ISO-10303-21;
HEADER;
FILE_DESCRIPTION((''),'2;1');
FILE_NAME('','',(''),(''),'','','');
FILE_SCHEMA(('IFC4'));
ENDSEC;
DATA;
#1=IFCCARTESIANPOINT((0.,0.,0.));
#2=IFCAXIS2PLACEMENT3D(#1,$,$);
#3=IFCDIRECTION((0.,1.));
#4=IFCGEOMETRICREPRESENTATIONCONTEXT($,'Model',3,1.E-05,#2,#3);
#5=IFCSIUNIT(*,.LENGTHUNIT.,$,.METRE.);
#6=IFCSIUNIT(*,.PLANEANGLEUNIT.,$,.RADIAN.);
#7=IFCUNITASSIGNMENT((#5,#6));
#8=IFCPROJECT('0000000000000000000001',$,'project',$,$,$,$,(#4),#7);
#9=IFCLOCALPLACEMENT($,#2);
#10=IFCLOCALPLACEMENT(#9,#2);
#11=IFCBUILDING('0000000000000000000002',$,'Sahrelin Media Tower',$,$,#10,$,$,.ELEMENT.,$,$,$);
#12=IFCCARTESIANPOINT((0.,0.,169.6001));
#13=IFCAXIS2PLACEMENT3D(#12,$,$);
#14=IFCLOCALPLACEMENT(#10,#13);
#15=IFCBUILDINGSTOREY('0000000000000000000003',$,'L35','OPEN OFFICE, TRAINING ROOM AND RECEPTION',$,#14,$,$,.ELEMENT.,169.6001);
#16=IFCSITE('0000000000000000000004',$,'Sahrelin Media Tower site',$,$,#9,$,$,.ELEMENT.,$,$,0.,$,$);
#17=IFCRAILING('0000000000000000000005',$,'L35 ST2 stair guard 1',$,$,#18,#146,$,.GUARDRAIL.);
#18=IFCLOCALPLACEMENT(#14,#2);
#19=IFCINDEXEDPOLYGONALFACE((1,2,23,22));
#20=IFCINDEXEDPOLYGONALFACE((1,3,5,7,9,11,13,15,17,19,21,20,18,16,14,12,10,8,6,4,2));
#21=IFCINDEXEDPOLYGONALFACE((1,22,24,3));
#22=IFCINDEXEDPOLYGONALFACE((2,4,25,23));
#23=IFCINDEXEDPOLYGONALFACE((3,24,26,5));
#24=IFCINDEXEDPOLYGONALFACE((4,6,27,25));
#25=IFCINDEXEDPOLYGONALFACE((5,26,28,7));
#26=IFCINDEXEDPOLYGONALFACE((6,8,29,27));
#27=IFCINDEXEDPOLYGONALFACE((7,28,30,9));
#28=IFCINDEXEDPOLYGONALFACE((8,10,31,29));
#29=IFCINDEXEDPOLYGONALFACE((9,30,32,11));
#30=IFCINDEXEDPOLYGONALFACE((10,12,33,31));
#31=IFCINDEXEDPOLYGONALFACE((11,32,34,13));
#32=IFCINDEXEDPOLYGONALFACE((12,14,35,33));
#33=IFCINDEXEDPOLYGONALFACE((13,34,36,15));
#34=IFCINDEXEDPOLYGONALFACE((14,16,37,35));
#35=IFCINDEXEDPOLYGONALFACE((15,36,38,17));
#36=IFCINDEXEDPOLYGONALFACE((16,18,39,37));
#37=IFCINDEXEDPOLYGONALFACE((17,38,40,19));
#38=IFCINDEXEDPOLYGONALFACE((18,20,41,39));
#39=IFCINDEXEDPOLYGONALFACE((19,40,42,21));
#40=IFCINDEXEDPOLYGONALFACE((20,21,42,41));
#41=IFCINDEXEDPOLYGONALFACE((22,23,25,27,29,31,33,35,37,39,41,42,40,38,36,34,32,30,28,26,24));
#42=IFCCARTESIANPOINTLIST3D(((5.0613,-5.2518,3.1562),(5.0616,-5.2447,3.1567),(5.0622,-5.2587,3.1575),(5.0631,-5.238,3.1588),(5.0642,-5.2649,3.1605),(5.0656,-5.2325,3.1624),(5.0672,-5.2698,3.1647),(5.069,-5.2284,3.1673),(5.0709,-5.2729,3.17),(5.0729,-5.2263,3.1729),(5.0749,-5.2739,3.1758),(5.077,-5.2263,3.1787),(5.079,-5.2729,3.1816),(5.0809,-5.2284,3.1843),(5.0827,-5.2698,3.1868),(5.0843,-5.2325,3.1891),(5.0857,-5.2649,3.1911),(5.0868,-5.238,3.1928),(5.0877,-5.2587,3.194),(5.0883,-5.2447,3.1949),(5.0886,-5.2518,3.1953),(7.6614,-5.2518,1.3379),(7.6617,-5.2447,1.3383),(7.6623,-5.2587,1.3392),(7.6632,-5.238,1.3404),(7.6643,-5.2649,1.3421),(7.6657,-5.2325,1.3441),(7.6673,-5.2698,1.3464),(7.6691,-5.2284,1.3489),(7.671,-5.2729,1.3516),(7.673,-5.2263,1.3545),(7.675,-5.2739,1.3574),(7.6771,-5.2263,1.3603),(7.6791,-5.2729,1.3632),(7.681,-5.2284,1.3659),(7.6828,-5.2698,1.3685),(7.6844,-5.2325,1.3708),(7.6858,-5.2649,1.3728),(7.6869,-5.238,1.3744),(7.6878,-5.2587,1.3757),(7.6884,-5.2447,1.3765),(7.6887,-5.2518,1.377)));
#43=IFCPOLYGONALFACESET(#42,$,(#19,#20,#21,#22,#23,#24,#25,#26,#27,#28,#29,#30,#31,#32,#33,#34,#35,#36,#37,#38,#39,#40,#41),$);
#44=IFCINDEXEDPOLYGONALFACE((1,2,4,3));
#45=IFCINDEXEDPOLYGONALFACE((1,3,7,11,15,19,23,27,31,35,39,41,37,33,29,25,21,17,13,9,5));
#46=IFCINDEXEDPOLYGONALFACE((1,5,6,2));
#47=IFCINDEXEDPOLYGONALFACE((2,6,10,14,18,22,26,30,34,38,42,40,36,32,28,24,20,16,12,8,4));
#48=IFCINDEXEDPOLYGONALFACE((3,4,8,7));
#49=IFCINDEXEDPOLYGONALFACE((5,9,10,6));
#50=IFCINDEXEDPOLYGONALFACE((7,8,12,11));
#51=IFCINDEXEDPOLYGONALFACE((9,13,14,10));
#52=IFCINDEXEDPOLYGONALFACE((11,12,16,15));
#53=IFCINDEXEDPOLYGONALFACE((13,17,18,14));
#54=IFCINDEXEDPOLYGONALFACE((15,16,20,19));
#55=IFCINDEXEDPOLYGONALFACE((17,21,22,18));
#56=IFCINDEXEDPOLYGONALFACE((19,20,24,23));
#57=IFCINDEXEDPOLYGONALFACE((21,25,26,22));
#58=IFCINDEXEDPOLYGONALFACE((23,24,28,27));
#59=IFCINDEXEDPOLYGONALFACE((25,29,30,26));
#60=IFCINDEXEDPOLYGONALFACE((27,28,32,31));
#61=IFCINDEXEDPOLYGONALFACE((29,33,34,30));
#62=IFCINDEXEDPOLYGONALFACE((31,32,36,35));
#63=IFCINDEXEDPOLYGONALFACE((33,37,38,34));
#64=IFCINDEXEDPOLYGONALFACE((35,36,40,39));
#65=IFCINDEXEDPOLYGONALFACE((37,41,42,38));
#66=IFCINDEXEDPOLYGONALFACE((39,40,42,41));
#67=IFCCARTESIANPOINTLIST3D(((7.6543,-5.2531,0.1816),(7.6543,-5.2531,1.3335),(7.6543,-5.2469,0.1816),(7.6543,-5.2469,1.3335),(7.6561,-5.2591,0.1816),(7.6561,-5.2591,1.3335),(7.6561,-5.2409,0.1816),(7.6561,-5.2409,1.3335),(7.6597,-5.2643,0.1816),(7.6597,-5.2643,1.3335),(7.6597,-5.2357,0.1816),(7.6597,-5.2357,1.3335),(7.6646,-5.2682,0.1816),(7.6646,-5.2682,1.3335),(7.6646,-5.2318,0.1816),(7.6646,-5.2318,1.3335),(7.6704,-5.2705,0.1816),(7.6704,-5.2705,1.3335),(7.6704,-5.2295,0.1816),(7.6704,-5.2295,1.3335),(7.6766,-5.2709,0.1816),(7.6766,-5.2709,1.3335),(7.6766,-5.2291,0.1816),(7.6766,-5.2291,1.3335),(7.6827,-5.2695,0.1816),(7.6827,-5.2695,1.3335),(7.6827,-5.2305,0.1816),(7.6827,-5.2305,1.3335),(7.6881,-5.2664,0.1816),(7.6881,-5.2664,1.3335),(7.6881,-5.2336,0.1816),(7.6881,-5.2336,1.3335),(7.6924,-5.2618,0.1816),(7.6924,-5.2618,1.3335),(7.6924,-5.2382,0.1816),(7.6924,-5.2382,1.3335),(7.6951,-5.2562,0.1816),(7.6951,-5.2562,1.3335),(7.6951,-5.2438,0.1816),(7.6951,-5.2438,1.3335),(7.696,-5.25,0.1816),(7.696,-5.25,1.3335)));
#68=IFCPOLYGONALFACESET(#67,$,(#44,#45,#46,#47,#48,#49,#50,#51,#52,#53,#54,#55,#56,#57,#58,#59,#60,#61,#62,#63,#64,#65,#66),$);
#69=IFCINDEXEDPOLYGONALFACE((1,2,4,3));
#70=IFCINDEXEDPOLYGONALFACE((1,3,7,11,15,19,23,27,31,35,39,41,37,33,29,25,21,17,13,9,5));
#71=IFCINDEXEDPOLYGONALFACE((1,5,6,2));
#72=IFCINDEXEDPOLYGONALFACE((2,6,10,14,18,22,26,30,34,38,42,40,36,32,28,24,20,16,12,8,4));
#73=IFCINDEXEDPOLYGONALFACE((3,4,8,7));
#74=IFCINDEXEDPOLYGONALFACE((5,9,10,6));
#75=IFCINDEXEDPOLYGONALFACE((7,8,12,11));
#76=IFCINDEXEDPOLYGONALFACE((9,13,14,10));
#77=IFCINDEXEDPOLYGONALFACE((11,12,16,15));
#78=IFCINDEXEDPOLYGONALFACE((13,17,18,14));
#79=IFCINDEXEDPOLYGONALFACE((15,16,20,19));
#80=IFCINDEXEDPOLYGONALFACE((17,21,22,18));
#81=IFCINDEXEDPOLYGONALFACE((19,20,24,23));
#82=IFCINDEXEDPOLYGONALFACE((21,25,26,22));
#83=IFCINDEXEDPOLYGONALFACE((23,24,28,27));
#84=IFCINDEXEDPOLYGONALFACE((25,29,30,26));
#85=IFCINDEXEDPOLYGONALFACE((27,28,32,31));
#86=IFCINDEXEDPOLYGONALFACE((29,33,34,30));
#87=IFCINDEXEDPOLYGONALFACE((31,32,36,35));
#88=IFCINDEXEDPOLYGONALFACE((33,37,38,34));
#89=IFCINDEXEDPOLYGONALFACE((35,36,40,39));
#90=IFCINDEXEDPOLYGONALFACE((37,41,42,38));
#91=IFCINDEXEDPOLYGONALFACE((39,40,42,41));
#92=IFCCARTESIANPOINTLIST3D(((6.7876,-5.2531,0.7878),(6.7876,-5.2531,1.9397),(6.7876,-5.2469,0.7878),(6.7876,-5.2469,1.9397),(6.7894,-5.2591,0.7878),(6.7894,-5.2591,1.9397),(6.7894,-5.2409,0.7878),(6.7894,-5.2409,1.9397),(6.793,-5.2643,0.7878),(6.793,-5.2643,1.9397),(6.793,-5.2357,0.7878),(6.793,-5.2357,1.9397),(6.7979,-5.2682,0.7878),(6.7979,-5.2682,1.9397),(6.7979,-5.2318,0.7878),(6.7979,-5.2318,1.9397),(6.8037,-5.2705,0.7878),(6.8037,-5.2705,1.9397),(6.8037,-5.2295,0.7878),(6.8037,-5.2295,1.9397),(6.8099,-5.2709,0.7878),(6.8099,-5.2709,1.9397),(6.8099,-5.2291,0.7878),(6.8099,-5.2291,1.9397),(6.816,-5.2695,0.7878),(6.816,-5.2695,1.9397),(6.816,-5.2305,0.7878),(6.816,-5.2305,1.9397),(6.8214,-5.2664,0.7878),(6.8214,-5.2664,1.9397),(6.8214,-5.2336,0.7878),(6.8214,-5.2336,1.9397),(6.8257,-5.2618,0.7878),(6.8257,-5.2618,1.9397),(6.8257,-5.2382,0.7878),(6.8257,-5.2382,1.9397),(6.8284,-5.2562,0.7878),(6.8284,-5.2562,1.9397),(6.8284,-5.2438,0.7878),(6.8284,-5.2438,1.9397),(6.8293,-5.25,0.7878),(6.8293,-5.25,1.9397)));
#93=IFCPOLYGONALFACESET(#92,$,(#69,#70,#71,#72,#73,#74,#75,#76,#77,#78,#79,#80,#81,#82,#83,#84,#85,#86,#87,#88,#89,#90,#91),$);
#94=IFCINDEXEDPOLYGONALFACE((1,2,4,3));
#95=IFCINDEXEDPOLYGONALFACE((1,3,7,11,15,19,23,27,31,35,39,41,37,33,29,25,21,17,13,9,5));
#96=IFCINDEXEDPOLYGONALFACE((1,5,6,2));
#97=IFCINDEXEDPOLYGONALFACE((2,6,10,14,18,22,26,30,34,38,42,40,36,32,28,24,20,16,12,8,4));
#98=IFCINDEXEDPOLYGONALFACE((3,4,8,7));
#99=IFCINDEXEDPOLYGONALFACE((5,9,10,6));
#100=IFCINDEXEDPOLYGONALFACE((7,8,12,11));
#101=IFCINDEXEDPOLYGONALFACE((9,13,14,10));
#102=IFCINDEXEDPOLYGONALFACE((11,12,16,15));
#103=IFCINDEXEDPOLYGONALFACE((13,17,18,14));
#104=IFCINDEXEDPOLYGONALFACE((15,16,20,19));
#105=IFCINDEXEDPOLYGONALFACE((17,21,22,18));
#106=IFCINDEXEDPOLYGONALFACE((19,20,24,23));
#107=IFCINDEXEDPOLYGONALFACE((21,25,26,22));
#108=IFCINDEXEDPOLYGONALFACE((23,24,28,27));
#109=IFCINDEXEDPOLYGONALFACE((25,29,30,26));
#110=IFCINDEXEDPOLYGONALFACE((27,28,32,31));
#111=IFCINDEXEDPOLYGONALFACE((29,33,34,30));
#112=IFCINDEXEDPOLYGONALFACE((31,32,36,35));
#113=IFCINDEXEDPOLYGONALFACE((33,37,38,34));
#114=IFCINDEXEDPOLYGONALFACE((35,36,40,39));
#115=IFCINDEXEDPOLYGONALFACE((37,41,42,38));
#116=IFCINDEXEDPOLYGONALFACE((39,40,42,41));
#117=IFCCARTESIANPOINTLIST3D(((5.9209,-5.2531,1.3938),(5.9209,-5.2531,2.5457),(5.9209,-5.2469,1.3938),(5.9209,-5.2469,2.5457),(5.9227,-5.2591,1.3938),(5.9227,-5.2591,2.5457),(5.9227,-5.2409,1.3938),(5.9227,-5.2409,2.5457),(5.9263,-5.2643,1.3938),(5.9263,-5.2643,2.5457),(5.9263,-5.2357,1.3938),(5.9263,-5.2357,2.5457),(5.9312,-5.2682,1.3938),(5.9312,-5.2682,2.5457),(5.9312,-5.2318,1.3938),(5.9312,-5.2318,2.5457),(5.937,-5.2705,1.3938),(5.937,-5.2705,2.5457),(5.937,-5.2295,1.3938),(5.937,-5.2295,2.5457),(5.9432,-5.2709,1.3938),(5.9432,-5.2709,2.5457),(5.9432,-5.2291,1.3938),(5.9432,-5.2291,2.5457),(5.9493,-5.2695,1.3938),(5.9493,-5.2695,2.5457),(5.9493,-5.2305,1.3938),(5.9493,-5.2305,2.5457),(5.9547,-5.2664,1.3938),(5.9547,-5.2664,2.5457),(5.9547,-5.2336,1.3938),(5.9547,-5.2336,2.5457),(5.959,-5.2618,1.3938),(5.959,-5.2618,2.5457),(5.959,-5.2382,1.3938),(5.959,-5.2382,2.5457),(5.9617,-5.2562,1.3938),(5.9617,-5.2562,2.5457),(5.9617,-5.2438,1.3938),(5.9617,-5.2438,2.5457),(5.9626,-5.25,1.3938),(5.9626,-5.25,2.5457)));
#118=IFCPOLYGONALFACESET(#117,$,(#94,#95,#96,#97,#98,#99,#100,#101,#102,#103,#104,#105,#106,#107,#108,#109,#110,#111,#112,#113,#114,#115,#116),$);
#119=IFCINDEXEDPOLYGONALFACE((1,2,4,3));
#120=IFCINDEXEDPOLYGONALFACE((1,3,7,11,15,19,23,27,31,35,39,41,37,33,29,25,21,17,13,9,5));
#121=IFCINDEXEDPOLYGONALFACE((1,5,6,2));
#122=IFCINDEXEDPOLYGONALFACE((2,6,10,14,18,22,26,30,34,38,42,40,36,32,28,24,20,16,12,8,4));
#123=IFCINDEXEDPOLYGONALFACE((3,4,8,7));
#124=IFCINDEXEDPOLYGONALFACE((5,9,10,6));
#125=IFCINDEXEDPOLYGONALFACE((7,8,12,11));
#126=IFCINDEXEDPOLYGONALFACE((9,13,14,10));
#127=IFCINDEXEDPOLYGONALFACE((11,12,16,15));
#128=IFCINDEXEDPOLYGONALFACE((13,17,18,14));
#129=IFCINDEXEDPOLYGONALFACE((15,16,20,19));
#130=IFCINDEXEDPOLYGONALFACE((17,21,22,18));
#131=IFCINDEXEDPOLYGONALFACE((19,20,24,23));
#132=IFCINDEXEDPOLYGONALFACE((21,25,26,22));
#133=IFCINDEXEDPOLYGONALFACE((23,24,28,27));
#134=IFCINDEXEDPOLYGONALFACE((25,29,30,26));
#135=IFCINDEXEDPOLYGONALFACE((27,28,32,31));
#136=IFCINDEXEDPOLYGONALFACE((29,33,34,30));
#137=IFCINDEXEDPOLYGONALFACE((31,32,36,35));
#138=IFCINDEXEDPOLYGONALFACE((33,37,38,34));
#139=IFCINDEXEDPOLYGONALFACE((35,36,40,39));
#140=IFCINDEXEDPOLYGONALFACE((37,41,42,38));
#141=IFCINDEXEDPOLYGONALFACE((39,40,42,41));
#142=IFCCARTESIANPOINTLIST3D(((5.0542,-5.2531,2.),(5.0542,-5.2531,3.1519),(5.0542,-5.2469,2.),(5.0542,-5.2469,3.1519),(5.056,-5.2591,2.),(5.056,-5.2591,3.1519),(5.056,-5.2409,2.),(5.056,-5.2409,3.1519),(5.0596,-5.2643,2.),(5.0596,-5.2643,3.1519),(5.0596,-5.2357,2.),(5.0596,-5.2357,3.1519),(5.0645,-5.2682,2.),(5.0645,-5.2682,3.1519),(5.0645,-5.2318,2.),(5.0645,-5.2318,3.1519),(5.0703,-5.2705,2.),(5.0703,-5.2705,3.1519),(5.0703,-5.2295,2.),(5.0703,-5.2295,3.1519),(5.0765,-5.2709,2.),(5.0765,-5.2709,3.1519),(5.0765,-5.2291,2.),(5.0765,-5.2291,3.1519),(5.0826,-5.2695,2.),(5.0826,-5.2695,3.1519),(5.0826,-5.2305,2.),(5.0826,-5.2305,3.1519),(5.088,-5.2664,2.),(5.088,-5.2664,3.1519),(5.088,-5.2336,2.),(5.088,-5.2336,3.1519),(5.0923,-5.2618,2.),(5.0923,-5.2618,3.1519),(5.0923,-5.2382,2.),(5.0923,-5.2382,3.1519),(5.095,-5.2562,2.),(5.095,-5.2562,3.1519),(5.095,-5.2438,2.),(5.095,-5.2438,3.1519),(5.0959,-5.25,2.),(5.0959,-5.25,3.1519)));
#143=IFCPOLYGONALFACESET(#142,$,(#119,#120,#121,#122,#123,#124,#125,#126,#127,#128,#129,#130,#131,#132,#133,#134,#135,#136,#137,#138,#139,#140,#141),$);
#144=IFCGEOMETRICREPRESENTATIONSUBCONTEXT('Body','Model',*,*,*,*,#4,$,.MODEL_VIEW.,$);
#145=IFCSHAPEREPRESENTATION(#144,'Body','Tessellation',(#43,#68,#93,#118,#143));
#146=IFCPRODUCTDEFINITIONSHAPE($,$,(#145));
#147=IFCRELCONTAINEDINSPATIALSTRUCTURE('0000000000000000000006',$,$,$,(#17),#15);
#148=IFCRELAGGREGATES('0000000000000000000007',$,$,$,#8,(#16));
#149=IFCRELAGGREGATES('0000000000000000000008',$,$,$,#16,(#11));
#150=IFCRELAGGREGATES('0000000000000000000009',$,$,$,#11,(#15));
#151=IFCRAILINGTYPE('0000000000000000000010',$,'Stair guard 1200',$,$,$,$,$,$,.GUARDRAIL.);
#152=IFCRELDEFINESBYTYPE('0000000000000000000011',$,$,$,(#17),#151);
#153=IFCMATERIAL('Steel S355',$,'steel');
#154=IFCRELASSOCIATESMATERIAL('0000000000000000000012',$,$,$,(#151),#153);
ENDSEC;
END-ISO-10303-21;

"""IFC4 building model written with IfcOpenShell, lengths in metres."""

from ifc_helpers import new_model, si_unit, direction, frame, origin, origin_2d, place, context, subcontext, project, spatial, circle, extrude, material, type_object, element, save


model = new_model("IFC4")

# Units and contexts
model_context = context("Model", 3, precision=1e-05, world=origin(), true_north=direction((0.0, 1.0)))
body_context = subcontext(model_context, "Body", "Model", "MODEL_VIEW")
ifc_project = project(units=[si_unit("LENGTHUNIT", "METRE"), si_unit("PLANEANGLEUNIT", "RADIAN")], contexts=[model_context])

# Site, building, storey
site_placement = place(None, origin())
site = spatial("IfcSite", under=ifc_project, at=site_placement, Name="Sahrelin Media Tower site", CompositionType="ELEMENT", RefElevation=0.0)
building_placement = place(site_placement, origin())
building = spatial("IfcBuilding", under=site, at=building_placement, Name="Sahrelin Media Tower", CompositionType="ELEMENT")
storey_placement = place(building_placement, frame((0.0, 0.0, 169.6001)))
storey = spatial("IfcBuildingStorey", under=building, at=storey_placement, Name="L35", Description="OPEN OFFICE, TRAINING ROOM AND RECEPTION", CompositionType="ELEMENT", Elevation=169.6001)

# Shared definitions
ifc_material_1 = material(Name="Steel S355", Category="steel")

# Railing
railing_type_1 = type_object("IfcRailingType", Name="Stair guard 1200", PredefinedType="GUARDRAIL", material=ifc_material_1)
railing_1_placement = place(storey_placement, frame((7.675, -5.25, 0.1816)))
element("IfcRailing", 1, at=railing_1_placement, inside=storey, type_object=railing_type_1, Name="L35 ST2 stair guard 1", PredefinedType="GUARDRAIL", context=body_context, shape_type="SweptSolid", body=[
    extrude(circle(Radius=0.0239, at=origin_2d()), frame((0.0, 0.0, 1.1758), z_axis=(-0.819485, 0.0, 0.573101), x_axis=(0.0, -1.0, 0.0)), (0.0, 0.0, 1.0), 3.1729),
    extrude(circle(Radius=0.021, at=origin_2d()), origin(), (0.0, 0.0, 1.0), 1.1519),
    extrude(circle(Radius=0.021, at=origin_2d()), frame((-0.8667, 0.0, 0.6062)), (0.0, 0.0, 1.0), 1.1519),
    extrude(circle(Radius=0.021, at=origin_2d()), frame((-1.7334, 0.0, 1.2122)), (0.0, 0.0, 1.0), 1.1519),
    extrude(circle(Radius=0.021, at=origin_2d()), frame((-2.6001, 0.0, 1.8184)), (0.0, 0.0, 1.0), 1.1519),
])

save(model, "model.ifc")
